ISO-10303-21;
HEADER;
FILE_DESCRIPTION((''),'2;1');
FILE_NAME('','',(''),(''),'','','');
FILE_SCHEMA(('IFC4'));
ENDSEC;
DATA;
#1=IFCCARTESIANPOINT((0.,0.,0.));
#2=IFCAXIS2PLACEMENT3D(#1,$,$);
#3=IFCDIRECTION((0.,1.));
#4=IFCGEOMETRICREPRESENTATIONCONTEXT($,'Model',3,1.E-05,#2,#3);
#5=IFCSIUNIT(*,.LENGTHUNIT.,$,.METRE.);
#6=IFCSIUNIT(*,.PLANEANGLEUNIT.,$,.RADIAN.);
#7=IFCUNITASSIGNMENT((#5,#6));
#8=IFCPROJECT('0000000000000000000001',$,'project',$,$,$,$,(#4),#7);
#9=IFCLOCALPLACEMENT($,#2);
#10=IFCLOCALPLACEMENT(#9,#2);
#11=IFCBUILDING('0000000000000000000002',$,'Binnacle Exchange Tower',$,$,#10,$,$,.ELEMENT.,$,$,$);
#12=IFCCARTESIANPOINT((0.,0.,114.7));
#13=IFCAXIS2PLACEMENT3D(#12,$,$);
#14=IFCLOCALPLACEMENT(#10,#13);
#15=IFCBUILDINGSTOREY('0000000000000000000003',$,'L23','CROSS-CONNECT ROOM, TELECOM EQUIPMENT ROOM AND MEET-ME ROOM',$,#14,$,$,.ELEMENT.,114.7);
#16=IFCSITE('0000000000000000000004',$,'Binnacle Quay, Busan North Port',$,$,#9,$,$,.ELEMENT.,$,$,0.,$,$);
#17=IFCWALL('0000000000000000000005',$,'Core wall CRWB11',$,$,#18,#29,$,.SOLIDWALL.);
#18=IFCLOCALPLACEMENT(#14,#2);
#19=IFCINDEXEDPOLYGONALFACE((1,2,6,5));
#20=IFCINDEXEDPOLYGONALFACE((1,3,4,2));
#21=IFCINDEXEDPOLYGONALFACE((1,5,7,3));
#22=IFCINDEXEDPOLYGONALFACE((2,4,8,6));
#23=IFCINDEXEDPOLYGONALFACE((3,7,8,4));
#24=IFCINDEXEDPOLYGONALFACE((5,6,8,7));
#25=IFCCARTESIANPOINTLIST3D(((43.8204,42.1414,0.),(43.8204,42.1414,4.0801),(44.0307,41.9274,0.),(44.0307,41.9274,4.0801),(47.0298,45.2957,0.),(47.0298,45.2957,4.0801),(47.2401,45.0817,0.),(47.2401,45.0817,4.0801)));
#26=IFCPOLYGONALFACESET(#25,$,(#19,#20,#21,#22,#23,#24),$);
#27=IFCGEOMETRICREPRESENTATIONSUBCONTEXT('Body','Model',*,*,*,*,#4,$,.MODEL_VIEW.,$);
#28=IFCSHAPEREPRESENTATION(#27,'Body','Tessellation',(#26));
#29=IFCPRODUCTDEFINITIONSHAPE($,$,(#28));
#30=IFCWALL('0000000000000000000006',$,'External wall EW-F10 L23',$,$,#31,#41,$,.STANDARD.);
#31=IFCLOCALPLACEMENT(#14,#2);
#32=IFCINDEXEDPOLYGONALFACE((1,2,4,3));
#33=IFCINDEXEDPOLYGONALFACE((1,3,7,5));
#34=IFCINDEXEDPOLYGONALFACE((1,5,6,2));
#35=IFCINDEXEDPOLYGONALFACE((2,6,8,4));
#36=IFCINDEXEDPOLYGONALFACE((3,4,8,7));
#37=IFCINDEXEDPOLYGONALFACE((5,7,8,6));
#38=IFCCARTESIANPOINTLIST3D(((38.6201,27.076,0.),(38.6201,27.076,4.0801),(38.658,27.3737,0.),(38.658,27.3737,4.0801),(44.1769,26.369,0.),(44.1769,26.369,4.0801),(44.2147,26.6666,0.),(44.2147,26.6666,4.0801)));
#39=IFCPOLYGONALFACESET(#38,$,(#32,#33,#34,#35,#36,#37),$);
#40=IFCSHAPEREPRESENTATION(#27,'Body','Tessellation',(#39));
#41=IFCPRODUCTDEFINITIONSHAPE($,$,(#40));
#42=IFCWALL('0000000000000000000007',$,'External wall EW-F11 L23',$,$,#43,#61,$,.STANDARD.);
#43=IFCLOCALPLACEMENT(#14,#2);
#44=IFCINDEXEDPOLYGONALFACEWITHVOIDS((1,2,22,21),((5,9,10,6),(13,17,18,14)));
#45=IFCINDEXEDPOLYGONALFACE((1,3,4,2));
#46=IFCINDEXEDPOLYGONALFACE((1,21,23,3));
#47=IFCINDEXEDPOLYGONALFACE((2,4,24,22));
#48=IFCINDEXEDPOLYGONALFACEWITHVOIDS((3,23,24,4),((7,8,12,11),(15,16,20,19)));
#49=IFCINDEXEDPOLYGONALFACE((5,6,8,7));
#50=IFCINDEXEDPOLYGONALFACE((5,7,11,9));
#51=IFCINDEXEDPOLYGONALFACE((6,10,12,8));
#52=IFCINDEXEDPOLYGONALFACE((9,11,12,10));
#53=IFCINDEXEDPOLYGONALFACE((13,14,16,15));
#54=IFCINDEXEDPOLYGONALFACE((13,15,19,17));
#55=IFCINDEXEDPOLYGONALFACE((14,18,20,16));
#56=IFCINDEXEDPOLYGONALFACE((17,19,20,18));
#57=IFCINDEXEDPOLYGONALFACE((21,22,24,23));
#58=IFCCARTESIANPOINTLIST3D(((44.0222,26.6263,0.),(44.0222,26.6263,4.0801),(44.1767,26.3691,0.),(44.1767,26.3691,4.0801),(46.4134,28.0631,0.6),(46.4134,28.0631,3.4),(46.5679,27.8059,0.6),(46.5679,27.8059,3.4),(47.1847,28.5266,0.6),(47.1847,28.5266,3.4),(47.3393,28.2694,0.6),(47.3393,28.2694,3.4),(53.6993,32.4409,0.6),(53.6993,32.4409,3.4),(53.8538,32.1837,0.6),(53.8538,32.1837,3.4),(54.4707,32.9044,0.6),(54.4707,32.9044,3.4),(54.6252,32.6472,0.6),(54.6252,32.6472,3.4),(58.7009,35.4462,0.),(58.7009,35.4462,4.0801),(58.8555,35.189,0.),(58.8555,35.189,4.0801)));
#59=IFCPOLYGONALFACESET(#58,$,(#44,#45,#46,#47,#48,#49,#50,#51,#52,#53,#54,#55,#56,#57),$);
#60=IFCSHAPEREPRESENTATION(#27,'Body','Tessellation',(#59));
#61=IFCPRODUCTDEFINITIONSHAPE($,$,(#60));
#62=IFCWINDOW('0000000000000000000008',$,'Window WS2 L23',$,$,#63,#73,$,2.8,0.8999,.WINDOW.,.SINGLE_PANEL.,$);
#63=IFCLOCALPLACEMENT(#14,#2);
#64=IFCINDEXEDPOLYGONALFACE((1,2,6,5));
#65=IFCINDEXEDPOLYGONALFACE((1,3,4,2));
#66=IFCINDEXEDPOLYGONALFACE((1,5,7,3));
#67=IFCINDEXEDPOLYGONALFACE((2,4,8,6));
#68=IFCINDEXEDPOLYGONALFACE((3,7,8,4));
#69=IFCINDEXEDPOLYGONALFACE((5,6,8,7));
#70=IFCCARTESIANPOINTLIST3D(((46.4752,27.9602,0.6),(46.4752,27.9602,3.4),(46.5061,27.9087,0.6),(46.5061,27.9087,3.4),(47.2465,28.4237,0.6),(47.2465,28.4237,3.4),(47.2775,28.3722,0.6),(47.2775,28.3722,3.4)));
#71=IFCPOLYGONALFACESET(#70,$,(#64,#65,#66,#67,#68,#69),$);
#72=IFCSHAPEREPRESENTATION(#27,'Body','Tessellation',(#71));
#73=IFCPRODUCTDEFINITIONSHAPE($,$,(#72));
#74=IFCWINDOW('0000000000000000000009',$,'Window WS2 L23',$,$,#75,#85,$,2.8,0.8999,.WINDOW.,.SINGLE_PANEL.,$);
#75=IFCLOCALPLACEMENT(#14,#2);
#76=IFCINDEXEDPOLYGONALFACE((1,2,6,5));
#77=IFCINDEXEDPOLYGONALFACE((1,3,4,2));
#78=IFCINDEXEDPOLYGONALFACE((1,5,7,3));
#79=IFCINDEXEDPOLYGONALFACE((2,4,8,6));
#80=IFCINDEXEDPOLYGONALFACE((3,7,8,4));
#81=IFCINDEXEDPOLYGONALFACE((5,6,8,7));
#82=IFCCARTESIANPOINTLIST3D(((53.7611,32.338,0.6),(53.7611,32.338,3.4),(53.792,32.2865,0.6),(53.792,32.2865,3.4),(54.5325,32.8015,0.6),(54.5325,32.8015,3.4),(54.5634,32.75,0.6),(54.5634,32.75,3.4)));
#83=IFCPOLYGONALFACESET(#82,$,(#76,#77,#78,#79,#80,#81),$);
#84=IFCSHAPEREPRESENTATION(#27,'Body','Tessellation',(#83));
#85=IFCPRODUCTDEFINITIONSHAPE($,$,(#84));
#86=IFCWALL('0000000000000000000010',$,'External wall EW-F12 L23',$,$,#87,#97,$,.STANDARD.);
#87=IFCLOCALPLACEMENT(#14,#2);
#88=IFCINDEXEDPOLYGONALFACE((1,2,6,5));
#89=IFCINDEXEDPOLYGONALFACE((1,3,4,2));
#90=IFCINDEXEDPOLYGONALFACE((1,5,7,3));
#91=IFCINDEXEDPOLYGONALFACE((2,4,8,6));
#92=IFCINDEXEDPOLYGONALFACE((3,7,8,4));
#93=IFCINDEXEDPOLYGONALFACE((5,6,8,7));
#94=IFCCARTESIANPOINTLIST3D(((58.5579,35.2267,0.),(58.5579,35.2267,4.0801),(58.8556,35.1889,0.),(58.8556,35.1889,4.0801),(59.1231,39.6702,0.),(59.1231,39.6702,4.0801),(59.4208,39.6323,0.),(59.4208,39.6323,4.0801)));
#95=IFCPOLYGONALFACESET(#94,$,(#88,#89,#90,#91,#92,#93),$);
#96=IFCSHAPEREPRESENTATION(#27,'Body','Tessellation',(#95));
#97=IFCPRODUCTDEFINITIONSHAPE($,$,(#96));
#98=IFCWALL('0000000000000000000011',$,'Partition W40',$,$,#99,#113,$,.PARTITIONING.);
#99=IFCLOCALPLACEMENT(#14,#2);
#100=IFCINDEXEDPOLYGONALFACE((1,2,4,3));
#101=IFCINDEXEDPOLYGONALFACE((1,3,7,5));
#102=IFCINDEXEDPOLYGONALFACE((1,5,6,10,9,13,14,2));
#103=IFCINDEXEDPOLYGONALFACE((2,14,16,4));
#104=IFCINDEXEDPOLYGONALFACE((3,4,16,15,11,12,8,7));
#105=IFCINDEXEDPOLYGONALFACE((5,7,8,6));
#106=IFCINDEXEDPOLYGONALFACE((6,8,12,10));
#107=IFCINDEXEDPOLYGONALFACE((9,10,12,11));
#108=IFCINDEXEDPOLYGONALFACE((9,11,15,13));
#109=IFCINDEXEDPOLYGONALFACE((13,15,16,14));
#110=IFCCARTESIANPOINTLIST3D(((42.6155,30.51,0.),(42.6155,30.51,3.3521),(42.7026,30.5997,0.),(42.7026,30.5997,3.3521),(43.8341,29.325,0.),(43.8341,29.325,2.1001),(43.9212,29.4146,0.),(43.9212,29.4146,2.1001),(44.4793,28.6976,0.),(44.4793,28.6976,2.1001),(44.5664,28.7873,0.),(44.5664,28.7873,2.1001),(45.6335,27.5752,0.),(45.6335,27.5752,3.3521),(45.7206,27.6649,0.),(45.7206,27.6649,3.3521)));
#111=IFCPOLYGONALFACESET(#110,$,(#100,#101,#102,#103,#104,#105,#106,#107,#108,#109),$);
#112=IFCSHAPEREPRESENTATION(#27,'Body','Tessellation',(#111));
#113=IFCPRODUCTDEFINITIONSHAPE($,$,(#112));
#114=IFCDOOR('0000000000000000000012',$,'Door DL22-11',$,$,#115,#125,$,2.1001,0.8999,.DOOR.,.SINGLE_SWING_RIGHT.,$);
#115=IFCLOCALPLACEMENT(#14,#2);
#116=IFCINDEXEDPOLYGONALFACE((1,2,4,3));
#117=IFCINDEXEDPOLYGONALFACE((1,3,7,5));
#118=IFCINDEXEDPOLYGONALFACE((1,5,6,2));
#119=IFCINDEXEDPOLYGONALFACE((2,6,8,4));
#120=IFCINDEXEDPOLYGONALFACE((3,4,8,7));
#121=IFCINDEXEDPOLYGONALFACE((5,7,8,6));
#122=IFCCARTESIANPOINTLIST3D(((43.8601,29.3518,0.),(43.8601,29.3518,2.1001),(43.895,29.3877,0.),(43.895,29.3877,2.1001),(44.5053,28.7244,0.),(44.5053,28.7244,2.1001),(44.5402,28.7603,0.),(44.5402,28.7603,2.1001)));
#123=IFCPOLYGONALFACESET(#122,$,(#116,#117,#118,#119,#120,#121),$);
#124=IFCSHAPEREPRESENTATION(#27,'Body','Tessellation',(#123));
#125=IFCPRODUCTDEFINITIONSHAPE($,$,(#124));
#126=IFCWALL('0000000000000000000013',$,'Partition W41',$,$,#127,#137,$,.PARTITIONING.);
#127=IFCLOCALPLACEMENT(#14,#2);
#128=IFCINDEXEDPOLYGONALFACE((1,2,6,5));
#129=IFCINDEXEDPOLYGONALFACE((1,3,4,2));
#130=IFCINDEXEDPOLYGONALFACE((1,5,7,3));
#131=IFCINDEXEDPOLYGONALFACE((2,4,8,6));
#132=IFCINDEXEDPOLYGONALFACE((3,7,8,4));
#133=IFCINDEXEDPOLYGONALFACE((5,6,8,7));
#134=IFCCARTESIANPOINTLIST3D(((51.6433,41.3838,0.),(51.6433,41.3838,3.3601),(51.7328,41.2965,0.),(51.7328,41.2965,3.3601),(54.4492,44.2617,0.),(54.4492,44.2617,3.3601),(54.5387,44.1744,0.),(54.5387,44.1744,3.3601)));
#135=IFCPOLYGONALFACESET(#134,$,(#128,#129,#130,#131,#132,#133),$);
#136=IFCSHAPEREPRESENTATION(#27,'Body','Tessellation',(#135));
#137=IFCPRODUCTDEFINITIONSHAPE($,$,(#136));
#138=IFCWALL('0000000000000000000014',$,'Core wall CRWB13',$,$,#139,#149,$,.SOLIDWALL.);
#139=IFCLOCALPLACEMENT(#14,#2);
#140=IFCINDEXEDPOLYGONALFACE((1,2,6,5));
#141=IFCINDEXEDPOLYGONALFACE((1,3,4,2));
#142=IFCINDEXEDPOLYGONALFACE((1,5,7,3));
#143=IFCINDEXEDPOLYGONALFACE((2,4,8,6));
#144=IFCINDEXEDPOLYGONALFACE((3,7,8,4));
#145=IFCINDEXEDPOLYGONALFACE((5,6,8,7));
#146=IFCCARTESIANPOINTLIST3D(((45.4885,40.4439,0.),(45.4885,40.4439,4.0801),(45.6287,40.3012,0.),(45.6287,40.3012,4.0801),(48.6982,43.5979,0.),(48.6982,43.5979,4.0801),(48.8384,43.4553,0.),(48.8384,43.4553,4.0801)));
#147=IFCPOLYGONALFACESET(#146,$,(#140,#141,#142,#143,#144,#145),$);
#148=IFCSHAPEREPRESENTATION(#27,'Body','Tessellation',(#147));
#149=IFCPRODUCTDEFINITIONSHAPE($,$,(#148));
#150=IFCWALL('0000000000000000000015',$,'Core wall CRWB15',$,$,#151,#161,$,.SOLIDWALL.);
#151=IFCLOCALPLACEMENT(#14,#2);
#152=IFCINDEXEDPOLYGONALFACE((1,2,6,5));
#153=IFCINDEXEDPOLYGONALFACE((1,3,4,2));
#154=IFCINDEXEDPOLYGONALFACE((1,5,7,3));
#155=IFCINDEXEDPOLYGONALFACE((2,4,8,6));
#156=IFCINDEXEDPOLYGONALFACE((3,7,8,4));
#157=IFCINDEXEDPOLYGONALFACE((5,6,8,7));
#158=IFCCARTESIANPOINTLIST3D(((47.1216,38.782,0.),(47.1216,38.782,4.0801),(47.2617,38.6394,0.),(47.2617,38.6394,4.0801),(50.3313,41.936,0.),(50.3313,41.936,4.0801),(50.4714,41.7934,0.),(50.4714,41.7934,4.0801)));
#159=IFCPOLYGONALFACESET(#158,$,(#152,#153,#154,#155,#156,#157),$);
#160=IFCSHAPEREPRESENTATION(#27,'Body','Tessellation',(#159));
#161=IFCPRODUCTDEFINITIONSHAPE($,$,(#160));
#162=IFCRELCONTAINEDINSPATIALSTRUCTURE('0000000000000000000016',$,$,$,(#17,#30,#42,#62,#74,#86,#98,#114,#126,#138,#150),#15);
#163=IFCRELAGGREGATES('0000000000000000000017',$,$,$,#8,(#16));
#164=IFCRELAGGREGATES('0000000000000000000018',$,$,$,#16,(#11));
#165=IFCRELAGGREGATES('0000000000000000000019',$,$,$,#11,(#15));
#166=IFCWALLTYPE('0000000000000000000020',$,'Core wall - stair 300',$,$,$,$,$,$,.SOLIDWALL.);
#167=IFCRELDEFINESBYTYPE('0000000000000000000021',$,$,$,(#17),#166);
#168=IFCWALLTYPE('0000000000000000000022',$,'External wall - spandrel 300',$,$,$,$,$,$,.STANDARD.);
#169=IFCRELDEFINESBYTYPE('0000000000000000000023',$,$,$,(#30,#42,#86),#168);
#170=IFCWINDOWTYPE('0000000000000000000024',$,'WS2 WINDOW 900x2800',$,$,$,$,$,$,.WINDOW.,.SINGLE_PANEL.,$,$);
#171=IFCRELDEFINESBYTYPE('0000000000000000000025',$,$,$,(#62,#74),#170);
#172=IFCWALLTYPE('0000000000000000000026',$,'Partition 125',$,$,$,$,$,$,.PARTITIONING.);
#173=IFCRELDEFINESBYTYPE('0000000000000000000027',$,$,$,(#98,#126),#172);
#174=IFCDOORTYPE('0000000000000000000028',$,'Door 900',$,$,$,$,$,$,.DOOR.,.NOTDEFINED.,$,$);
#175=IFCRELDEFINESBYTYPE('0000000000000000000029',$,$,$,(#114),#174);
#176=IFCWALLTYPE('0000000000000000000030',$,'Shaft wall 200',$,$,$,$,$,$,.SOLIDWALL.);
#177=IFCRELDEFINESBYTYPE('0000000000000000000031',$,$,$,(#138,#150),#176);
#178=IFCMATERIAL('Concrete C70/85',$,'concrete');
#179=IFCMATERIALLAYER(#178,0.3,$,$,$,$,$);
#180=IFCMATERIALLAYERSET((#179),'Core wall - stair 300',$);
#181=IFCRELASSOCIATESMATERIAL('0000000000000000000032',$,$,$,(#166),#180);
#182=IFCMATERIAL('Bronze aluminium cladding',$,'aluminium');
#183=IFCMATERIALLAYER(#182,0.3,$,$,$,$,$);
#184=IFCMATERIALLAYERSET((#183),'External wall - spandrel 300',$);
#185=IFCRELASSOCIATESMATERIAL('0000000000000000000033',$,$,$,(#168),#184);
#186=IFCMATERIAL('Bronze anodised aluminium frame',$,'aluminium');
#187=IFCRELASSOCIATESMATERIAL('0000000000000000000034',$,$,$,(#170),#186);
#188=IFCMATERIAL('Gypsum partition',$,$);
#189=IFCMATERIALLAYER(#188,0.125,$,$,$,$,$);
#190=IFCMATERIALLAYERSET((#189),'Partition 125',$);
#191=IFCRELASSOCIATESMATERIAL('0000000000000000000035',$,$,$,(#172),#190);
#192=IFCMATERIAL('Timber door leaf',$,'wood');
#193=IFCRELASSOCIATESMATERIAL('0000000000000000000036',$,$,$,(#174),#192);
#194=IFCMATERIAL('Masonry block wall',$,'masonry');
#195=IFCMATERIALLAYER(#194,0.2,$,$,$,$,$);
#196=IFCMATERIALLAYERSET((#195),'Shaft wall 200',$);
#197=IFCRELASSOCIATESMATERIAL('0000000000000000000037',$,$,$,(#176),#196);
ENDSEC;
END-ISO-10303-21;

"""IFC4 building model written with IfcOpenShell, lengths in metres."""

from ifc_helpers import new_model, si_unit, direction, frame, frame_2d, origin, place, context, subcontext, project, spatial, rectangle, extrude, material, layer, layer_set, type_object, element, fill, save


model = new_model("IFC4")

# Units and contexts
model_context = context("Model", 3, precision=1e-05, world=origin(), true_north=direction((0.0, 1.0)))
body_context = subcontext(model_context, "Body", "Model", "MODEL_VIEW")
ifc_project = project(units=[si_unit("LENGTHUNIT", "METRE"), si_unit("PLANEANGLEUNIT", "RADIAN")], contexts=[model_context])

# Site, building, storey
site_placement = place(None, origin())
site = spatial("IfcSite", under=ifc_project, at=site_placement, Name="Binnacle Quay, Busan North Port", CompositionType="ELEMENT", RefElevation=0.0)
building_placement = place(site_placement, origin())
building = spatial("IfcBuilding", under=site, at=building_placement, Name="Binnacle Exchange Tower", CompositionType="ELEMENT")
storey_placement = place(building_placement, frame((0.0, 0.0, 114.7)))
storey = spatial("IfcBuildingStorey", under=building, at=storey_placement, Name="L23", Description="CROSS-CONNECT ROOM, TELECOM EQUIPMENT ROOM AND MEET-ME ROOM", CompositionType="ELEMENT", Elevation=114.7)

# Shared definitions
ifc_material_1 = material(Name="Concrete C70/85", Category="concrete")

# Walls
ifc_layer_1 = layer(ifc_material_1, 0.3)
ifc_layer_set_1 = layer_set([ifc_layer_1], Name="Core wall - stair 300")
wall_type_1 = type_object("IfcWallType", Name="Core wall - stair 300", PredefinedType="SOLIDWALL", material=ifc_layer_set_1)
wall_1_placement = place(storey_placement, frame((43.9255, 42.0344, 0.0), z_axis=(0.0, 0.0, 1.0), x_axis=(0.713211, 0.70095, 0.0)))
element("IfcWall", 1, at=wall_1_placement, inside=storey, type_object=wall_type_1, Name="Core wall CRWB11", PredefinedType="SOLIDWALL", context=body_context, shape_type="SweptSolid", body=[
    extrude(rectangle(XDim=4.5, YDim=0.3, at=frame_2d((2.25, 0.0))), origin(), (0.0, 0.0, 1.0), 4.0801),
])
ifc_material_2 = material(Name="Bronze aluminium cladding", Category="aluminium")
ifc_layer_2 = layer(ifc_material_2, 0.3)
ifc_layer_set_2 = layer_set([ifc_layer_2], Name="External wall - spandrel 300")
wall_type_2 = type_object("IfcWallType", Name="External wall - spandrel 300", PredefinedType="STANDARD", material=ifc_layer_set_2)
wall_2_placement = place(storey_placement, frame((44.1958, 26.5178, 0.0), z_axis=(0.0, 0.0, 1.0), x_axis=(-0.992002, 0.126223, 0.0)))
element("IfcWall", 2, at=wall_2_placement, inside=storey, type_object=wall_type_2, Name="External wall EW-F10 L23", PredefinedType="STANDARD", context=body_context, shape_type="SweptSolid", body=[
    extrude(rectangle(XDim=5.6016, YDim=0.3, at=frame_2d((2.8008, 0.0))), origin(), (0.0, 0.0, 1.0), 4.0801),
])

# Wall, openings, windows
wall_3_placement = place(storey_placement, frame((58.7783, 35.3176, 0.0), z_axis=(0.0, 0.0, 1.0), x_axis=(-0.857168, -0.515037, 0.0)))
wall_3 = element("IfcWall", 3, at=wall_3_placement, inside=storey, type_object=wall_type_2, Name="External wall EW-F11 L23", PredefinedType="STANDARD", context=body_context, shape_type="SweptSolid", body=[
    extrude(rectangle(XDim=17.1248, YDim=0.3, at=frame_2d((8.5625, 0.0))), origin(), (0.0, 0.0, 1.0), 4.0801),
])
opening_1_placement = place(wall_3_placement, frame((13.4353, 0.0, 0.6001)))
opening_1 = element("IfcOpeningElement", 4, at=opening_1_placement, cuts=wall_3, PredefinedType="OPENING", context=body_context, shape_type="SweptSolid", body=[
    extrude(rectangle(XDim=0.8999, YDim=2.8, at=frame_2d((0.45, 1.3999))), frame((0.0, 0.1599, 0.0), z_axis=(0.0, -1.0, 0.0), x_axis=(1.0, 0.0, 0.0)), (0.0, 0.0, 1.0), 0.3201),
])
opening_2_placement = place(wall_3_placement, frame((4.9353, 0.0, 0.6001)))
opening_2 = element("IfcOpeningElement", 5, at=opening_2_placement, cuts=wall_3, PredefinedType="OPENING", context=body_context, shape_type="SweptSolid", body=[
    extrude(rectangle(XDim=0.8999, YDim=2.8, at=frame_2d((0.45, 1.3999))), frame((0.0, 0.1599, 0.0), z_axis=(0.0, -1.0, 0.0), x_axis=(1.0, 0.0, 0.0)), (0.0, 0.0, 1.0), 0.3201),
])
ifc_material_3 = material(Name="Bronze anodised aluminium frame", Category="aluminium")
window_type = type_object("IfcWindowType", Name="WS2 WINDOW 900x2800", PartitioningType="SINGLE_PANEL", PredefinedType="WINDOW", material=ifc_material_3)
window_1_placement = place(opening_1_placement, origin())
window_1 = element("IfcWindow", 6, at=window_1_placement, inside=storey, type_object=window_type, Name="Window WS2 L23", OverallHeight=2.8, OverallWidth=0.8999, PartitioningType="SINGLE_PANEL", PredefinedType="WINDOW", context=body_context, shape_type="SweptSolid", body=[
    extrude(rectangle(XDim=0.8999, YDim=2.8, at=frame_2d((0.45, 1.3999))), frame((0.0, 0.03, 0.0), z_axis=(0.0, -1.0, 0.0), x_axis=(1.0, 0.0, 0.0)), (0.0, 0.0, 1.0), 0.0601),
])
fill(opening_1, window_1)
window_2_placement = place(opening_2_placement, origin())
window_2 = element("IfcWindow", 7, at=window_2_placement, inside=storey, type_object=window_type, Name="Window WS2 L23", OverallHeight=2.8, OverallWidth=0.8999, PartitioningType="SINGLE_PANEL", PredefinedType="WINDOW", context=body_context, shape_type="SweptSolid", body=[
    extrude(rectangle(XDim=0.8999, YDim=2.8, at=frame_2d((0.45, 1.3999))), frame((0.0, 0.03, 0.0), z_axis=(0.0, -1.0, 0.0), x_axis=(1.0, 0.0, 0.0)), (0.0, 0.0, 1.0), 0.0601),
])
fill(opening_2, window_2)

# Wall
wall_4_placement = place(storey_placement, frame((59.272, 39.6514, 0.0), z_axis=(0.0, 0.0, 1.0), x_axis=(-0.126181, -0.992007, 0.0)))
element("IfcWall", 8, at=wall_4_placement, inside=storey, type_object=wall_type_2, Name="External wall EW-F12 L23", PredefinedType="STANDARD", context=body_context, shape_type="SweptSolid", body=[
    extrude(rectangle(XDim=4.4792, YDim=0.3, at=frame_2d((2.2397, 0.0))), origin(), (0.0, 0.0, 1.0), 4.0801),
])

# Wall, opening, door
ifc_material_4 = material(Name="Gypsum partition")
ifc_layer_3 = layer(ifc_material_4, 0.125)
ifc_layer_set_3 = layer_set([ifc_layer_3], Name="Partition 125")
wall_type_3 = type_object("IfcWallType", Name="Partition 125", PredefinedType="PARTITIONING", material=ifc_layer_set_3)
wall_5_placement = place(storey_placement, frame((42.6589, 30.5549, 0.0), z_axis=(0.0, 0.0, 1.0), x_axis=(0.716926, -0.69715, 0.0)))
wall_5 = element("IfcWall", 9, at=wall_5_placement, inside=storey, type_object=wall_type_3, Name="Partition W40", PredefinedType="PARTITIONING", context=body_context, shape_type="SweptSolid", body=[
    extrude(rectangle(XDim=4.2097, YDim=0.125, at=frame_2d((2.105, 0.0))), origin(), (0.0, 0.0, 1.0), 3.3521),
])
opening_3_placement = place(wall_5_placement, frame((1.7, 0.0, 0.0)))
opening_3 = element("IfcOpeningElement", 10, at=opening_3_placement, cuts=wall_5, PredefinedType="OPENING", context=body_context, shape_type="SweptSolid", body=[
    extrude(rectangle(XDim=0.8999, YDim=2.1001, at=frame_2d((0.45, 1.05))), frame((0.0, 0.0725, 0.0), z_axis=(0.0, -1.0, 0.0), x_axis=(1.0, 0.0, 0.0)), (0.0, 0.0, 1.0), 0.145),
])
ifc_material_5 = material(Name="Timber door leaf", Category="wood")
door_type_1 = type_object("IfcDoorType", Name="Door 900", OperationType="NOTDEFINED", PredefinedType="DOOR", material=ifc_material_5)
door_1_placement = place(opening_3_placement, origin())
door_1 = element("IfcDoor", 11, at=door_1_placement, inside=storey, type_object=door_type_1, Name="Door DL22-11", OperationType="SINGLE_SWING_RIGHT", OverallHeight=2.1001, OverallWidth=0.8999, PredefinedType="DOOR", context=body_context, shape_type="SweptSolid", body=[
    extrude(rectangle(XDim=0.8999, YDim=2.1001, at=frame_2d((0.45, 1.05))), frame((0.0, 0.0249, 0.0), z_axis=(0.0, -1.0, 0.0), x_axis=(1.0, 0.0, 0.0)), (0.0, 0.0, 1.0), 0.05),
])
fill(opening_3, door_1)

# Walls
wall_6_placement = place(storey_placement, frame((51.688, 41.3401, 0.0), z_axis=(0.0, 0.0, 1.0), x_axis=(0.698091, 0.716009, 0.0)))
element("IfcWall", 12, at=wall_6_placement, inside=storey, type_object=wall_type_3, Name="Partition W41", PredefinedType="PARTITIONING", context=body_context, shape_type="SweptSolid", body=[
    extrude(rectangle(XDim=4.0193, YDim=0.125, at=frame_2d((2.0098, 0.0))), origin(), (0.0, 0.0, 1.0), 3.3601),
])
ifc_material_6 = material(Name="Masonry block wall", Category="masonry")
ifc_layer_4 = layer(ifc_material_6, 0.2)
ifc_layer_set_4 = layer_set([ifc_layer_4], Name="Shaft wall 200")
wall_type_4 = type_object("IfcWallType", Name="Shaft wall 200", PredefinedType="SOLIDWALL", material=ifc_layer_set_4)
for number, where, z_axis, x_axis, name in (
    (13, (45.5586, 40.3726, 0.0), (0.0, 0.0, 1.0), (0.713265, 0.700895, 0.0), "Core wall CRWB13"),
    (14, (47.1917, 38.7107, 0.0), (0.0, 0.0, 1.0), (0.713265, 0.700895, 0.0), "Core wall CRWB15"),
):
    element("IfcWall", number, at=place(storey_placement, frame(where, z_axis=z_axis, x_axis=x_axis)), inside=storey, type_object=wall_type_4, Name=name, PredefinedType="SOLIDWALL", context=body_context, shape_type="SweptSolid", body=[
        extrude(rectangle(XDim=4.5, YDim=0.2, at=frame_2d((2.25, 0.0))), origin(), (0.0, 0.0, 1.0), 4.0801),
    ])

save(model, "model.ifc")
